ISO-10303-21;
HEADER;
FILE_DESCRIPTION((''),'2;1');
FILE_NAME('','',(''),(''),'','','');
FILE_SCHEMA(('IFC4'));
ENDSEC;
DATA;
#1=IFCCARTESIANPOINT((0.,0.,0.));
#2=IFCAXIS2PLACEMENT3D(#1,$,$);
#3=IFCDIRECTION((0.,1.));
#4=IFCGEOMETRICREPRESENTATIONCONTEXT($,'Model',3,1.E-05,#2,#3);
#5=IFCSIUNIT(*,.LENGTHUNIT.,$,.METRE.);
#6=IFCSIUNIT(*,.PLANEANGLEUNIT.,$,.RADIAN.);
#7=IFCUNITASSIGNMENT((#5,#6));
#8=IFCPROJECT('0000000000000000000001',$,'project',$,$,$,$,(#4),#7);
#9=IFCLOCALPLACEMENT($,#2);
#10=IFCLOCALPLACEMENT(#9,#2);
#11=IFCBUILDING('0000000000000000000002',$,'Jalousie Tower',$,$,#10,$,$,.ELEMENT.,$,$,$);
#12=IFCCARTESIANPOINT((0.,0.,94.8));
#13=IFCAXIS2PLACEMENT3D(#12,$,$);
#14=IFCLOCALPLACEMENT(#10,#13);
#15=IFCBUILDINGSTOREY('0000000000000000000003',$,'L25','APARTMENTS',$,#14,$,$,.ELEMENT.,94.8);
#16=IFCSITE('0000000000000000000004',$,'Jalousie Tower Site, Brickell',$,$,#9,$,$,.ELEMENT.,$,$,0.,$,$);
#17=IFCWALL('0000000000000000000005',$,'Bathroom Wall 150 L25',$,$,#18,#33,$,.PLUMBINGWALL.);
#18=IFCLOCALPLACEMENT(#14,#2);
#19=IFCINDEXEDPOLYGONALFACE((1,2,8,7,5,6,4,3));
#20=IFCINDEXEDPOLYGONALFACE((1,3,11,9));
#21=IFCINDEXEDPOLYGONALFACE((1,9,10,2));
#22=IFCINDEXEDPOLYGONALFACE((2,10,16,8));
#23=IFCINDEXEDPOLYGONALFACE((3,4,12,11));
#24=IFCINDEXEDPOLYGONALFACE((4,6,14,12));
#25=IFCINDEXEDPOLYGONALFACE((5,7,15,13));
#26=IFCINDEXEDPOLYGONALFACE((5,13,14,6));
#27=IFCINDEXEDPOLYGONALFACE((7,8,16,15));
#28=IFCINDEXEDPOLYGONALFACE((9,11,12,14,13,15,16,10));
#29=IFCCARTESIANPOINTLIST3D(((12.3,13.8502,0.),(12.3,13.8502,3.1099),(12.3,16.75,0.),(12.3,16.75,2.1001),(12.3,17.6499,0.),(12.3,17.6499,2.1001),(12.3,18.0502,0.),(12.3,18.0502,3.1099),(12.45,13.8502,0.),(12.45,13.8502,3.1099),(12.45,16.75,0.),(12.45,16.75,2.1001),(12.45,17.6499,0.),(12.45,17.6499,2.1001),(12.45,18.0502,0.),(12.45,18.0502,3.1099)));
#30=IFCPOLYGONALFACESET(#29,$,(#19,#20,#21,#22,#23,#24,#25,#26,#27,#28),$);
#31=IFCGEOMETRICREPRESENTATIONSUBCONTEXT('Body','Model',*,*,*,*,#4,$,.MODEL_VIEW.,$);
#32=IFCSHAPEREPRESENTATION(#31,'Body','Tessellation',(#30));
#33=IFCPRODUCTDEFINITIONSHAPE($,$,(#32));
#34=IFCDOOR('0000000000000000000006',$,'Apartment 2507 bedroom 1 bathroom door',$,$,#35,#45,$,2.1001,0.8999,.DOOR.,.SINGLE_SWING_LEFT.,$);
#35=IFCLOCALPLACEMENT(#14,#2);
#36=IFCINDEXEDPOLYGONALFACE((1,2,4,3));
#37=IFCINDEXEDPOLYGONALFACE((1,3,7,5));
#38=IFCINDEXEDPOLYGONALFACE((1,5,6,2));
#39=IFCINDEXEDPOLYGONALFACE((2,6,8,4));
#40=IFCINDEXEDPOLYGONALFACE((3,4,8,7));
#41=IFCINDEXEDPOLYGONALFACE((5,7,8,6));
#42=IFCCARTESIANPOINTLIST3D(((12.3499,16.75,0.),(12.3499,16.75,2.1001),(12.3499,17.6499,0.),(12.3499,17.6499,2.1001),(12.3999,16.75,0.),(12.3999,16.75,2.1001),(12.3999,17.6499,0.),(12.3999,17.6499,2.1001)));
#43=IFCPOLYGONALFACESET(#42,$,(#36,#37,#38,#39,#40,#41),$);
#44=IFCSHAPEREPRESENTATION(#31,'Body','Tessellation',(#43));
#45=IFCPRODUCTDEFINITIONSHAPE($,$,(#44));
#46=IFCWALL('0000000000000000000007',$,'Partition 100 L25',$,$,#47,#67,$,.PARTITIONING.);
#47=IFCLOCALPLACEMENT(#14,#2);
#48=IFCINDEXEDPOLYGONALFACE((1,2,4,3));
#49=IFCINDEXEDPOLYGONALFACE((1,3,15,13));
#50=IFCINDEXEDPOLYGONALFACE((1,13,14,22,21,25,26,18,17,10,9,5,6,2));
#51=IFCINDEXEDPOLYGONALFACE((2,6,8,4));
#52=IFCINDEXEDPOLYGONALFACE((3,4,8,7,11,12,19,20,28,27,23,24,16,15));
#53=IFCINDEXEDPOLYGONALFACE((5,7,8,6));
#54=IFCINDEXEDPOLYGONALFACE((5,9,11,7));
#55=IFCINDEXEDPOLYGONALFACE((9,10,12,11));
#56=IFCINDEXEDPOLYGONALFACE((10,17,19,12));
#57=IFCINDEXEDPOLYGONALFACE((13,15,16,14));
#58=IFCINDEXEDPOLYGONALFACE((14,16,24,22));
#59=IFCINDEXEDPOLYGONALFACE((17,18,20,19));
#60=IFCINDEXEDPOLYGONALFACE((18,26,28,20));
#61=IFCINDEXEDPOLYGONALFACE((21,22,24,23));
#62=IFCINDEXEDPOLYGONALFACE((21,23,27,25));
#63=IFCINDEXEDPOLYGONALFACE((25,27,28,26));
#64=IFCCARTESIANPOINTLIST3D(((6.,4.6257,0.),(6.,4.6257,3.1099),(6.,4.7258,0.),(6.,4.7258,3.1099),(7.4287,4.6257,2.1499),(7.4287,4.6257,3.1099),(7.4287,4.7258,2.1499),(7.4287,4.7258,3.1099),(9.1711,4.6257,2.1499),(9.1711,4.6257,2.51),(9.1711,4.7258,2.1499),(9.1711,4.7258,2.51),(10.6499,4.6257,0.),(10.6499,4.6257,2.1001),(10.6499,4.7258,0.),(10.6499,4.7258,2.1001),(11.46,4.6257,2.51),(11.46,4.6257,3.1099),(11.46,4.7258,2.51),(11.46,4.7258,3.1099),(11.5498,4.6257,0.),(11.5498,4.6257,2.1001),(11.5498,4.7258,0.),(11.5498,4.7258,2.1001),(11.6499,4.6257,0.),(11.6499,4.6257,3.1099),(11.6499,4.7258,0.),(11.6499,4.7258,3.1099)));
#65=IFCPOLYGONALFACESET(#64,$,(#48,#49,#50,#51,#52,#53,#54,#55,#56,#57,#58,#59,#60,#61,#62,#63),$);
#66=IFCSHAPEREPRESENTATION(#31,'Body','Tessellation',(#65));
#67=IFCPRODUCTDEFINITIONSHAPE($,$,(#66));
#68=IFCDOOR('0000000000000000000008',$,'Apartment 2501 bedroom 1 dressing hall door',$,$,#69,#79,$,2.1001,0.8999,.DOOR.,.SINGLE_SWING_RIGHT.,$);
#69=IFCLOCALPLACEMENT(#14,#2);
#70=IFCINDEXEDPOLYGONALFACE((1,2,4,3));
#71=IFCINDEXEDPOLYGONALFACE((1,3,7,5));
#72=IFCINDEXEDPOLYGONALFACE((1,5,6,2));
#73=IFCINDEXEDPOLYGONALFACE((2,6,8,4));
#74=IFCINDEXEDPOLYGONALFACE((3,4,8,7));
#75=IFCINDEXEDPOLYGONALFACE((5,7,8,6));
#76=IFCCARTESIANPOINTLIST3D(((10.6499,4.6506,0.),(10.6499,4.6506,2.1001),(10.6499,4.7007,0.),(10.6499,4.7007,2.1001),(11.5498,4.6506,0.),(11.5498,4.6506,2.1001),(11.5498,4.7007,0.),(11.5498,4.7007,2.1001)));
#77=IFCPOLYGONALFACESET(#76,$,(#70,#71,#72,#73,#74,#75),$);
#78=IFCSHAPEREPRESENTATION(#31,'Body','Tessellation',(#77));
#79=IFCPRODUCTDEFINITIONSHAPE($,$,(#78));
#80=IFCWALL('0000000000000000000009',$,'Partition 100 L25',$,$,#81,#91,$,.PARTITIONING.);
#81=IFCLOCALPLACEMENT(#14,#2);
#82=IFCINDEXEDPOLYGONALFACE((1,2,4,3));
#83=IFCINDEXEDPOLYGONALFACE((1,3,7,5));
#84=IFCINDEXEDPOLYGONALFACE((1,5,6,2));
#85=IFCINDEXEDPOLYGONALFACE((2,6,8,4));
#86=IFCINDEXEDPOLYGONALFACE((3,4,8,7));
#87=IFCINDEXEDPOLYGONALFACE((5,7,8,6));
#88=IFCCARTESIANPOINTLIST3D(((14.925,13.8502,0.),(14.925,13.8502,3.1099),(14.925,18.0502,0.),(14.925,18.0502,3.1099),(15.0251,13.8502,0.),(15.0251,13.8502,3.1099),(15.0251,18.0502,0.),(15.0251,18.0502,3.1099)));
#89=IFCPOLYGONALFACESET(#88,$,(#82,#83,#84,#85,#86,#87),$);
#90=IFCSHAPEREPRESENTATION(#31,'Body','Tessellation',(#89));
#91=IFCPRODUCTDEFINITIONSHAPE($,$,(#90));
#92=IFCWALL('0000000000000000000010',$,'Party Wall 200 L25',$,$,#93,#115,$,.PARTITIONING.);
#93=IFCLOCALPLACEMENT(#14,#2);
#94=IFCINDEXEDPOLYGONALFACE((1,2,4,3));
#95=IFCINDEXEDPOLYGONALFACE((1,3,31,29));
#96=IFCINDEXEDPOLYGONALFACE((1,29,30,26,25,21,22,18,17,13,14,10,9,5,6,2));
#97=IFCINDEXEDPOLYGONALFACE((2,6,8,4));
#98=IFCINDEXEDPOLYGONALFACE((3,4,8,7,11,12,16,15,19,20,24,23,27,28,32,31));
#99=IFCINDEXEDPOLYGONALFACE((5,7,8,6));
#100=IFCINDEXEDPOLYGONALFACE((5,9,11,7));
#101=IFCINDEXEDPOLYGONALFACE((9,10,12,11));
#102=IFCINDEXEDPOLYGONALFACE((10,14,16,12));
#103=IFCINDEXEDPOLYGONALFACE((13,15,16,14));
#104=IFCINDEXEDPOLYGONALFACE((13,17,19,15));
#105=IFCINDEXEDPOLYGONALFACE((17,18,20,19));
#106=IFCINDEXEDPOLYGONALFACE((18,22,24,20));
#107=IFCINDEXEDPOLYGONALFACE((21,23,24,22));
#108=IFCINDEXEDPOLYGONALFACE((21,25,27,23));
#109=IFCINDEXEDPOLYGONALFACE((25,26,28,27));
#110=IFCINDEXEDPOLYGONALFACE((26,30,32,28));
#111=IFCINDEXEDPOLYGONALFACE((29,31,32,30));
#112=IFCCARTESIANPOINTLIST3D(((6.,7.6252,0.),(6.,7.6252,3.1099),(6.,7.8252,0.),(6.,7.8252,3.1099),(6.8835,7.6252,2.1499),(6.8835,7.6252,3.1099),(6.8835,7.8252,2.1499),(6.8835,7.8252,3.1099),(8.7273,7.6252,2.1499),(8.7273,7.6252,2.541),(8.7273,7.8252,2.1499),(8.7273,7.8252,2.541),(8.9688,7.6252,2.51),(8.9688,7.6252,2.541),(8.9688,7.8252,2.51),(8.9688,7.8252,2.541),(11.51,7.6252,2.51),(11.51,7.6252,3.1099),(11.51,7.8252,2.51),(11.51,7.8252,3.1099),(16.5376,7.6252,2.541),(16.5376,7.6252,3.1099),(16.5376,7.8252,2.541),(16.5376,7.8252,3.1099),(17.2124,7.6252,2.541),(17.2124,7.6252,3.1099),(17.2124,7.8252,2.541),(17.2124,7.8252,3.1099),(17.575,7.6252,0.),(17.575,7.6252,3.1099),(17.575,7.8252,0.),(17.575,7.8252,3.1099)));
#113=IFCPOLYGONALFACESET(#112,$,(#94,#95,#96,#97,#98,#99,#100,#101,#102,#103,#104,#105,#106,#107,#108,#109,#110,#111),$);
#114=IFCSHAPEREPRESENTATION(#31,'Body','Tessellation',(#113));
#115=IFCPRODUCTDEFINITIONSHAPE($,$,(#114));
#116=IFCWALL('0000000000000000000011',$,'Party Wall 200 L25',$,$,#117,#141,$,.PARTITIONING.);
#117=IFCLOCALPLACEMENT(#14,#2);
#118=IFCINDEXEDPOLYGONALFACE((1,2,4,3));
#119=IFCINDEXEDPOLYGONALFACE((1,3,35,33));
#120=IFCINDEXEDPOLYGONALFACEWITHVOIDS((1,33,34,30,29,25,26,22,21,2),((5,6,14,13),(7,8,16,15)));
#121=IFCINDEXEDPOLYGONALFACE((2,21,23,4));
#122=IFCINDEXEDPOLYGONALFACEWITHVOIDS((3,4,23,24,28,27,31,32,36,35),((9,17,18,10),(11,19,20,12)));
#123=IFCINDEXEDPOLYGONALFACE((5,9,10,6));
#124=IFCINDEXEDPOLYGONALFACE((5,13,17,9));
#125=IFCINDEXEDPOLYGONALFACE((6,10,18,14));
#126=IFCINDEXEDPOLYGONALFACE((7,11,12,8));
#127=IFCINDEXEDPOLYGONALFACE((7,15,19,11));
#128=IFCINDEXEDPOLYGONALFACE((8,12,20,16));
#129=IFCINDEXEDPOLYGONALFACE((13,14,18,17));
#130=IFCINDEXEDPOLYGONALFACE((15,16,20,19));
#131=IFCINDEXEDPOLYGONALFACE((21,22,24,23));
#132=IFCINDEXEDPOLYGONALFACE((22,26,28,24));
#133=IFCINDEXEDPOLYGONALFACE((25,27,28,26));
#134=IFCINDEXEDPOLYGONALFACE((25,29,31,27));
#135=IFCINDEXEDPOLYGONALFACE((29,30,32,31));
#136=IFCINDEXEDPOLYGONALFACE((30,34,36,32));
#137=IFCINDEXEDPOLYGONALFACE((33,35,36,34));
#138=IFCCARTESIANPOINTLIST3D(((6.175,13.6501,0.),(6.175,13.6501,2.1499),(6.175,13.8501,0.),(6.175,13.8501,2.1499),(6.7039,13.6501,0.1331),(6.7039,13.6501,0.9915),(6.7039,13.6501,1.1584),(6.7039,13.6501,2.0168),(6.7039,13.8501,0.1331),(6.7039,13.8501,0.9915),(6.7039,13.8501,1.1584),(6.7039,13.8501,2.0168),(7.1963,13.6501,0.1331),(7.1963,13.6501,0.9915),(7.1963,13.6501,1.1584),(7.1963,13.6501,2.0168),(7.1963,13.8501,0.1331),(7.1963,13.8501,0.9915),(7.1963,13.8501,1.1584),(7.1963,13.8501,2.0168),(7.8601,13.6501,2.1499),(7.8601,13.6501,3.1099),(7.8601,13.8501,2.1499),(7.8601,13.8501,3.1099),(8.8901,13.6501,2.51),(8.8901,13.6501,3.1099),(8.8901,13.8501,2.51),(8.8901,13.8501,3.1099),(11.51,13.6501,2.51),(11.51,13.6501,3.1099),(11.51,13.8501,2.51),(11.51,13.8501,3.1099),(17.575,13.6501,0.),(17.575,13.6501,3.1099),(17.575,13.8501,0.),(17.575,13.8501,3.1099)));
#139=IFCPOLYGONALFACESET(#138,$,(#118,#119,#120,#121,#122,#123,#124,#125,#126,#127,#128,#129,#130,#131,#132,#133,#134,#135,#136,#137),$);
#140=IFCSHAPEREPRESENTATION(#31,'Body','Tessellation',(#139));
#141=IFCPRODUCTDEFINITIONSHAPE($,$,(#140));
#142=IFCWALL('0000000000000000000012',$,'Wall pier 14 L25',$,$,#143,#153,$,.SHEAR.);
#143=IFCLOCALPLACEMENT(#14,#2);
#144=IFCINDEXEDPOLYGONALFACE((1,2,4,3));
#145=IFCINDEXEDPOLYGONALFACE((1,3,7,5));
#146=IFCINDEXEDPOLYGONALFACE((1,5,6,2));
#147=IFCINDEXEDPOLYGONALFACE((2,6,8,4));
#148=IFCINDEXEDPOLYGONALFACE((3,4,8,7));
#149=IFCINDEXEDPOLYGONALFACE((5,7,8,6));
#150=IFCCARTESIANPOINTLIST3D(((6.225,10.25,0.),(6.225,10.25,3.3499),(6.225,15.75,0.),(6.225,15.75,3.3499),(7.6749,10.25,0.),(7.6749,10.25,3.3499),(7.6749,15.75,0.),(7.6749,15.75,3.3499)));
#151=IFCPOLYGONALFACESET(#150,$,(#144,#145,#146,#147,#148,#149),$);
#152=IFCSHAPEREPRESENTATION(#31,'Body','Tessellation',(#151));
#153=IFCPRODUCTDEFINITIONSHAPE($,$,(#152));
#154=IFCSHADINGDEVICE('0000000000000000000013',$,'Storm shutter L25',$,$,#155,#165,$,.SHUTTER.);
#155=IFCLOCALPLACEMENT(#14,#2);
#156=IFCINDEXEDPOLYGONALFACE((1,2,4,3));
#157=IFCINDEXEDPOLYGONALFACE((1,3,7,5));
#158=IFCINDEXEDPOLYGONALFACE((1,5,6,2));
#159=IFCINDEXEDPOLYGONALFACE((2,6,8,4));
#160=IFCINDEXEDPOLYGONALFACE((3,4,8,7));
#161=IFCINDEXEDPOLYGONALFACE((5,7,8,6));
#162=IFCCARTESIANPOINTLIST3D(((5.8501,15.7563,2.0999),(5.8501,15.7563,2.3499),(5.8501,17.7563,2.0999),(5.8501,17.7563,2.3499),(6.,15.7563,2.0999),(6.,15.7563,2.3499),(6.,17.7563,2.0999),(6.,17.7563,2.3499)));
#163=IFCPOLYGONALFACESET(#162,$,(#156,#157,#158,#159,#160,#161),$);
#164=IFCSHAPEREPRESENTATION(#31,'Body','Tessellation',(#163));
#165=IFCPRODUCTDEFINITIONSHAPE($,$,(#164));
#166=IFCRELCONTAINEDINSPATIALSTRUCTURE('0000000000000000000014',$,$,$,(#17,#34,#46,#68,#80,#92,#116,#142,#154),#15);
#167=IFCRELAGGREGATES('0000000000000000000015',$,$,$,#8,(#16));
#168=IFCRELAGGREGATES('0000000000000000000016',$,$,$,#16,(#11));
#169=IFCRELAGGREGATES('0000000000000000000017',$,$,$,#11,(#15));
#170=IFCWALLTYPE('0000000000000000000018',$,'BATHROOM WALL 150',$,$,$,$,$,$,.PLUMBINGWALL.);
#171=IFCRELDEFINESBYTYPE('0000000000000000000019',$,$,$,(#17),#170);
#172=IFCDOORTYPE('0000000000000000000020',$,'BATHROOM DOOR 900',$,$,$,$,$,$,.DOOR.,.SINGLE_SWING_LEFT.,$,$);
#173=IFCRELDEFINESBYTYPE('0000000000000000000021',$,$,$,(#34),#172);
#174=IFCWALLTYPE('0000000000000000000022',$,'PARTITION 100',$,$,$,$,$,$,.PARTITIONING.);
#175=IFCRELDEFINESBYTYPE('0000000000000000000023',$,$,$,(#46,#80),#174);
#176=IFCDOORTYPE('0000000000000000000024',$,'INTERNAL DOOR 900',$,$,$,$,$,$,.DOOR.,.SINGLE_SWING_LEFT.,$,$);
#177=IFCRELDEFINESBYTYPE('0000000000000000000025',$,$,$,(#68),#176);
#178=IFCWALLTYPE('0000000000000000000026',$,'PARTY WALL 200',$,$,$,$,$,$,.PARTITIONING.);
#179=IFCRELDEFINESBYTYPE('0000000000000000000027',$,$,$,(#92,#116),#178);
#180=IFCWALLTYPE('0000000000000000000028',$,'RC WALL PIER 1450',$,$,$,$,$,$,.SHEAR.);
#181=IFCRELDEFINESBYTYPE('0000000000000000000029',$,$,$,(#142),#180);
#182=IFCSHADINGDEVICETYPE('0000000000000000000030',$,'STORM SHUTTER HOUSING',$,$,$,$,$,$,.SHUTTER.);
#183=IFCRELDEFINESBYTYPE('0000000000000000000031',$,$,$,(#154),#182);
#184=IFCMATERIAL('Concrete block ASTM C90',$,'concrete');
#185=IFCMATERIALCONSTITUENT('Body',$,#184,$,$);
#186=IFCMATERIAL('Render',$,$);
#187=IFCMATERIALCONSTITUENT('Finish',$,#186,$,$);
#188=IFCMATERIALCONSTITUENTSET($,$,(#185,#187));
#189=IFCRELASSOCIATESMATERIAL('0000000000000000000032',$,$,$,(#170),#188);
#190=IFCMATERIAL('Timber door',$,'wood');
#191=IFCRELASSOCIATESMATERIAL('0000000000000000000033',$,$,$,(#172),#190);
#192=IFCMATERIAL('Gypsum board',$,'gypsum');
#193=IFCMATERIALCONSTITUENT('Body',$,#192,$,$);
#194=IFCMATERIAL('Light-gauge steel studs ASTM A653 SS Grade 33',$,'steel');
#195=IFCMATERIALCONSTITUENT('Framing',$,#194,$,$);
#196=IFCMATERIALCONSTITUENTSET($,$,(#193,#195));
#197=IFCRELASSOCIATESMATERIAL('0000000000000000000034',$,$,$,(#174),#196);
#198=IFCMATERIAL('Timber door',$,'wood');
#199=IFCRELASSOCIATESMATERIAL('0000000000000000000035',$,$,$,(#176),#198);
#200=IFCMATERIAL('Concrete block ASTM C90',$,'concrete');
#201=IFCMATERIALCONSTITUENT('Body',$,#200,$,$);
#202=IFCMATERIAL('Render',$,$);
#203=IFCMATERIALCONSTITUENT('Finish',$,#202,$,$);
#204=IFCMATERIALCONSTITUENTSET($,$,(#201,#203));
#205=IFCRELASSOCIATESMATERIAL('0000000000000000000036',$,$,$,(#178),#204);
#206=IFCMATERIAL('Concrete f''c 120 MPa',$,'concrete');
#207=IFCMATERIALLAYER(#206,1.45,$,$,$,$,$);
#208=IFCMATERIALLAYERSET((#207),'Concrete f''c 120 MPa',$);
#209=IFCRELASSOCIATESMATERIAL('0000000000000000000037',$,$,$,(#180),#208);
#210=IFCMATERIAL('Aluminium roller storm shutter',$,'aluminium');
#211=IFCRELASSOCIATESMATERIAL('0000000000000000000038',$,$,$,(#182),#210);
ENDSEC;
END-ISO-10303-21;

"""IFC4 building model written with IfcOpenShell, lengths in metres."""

from ifc_helpers import new_model, si_unit, direction, frame, frame_2d, origin, origin_2d, place, context, subcontext, project, spatial, polyline, rectangle, outline, extrude, material, layer, layer_set, constituent, constituent_set, type_object, element, fill, save


model = new_model("IFC4")

# Units and contexts
model_context = context("Model", 3, precision=1e-05, world=origin(), true_north=direction((0.0, 1.0)))
body_context = subcontext(model_context, "Body", "Model", "MODEL_VIEW")
ifc_project = project(units=[si_unit("LENGTHUNIT", "METRE"), si_unit("PLANEANGLEUNIT", "RADIAN")], contexts=[model_context])

# Site, building, storey
site_placement = place(None, origin())
site = spatial("IfcSite", under=ifc_project, at=site_placement, Name="Jalousie Tower Site, Brickell", CompositionType="ELEMENT", RefElevation=0.0)
building_placement = place(site_placement, origin())
building = spatial("IfcBuilding", under=site, at=building_placement, Name="Jalousie Tower", CompositionType="ELEMENT")
storey_placement = place(building_placement, frame((0.0, 0.0, 94.8)))
storey = spatial("IfcBuildingStorey", under=building, at=storey_placement, Name="L25", Description="APARTMENTS", CompositionType="ELEMENT", Elevation=94.8)

# Walls, openings, doors
ifc_material_1 = material(Name="Concrete block ASTM C90", Category="concrete")
ifc_constituent_1 = constituent(ifc_material_1, Name="Body")
ifc_material_2 = material(Name="Render")
ifc_constituent_2 = constituent(ifc_material_2, Name="Finish")
ifc_constituent_set_1 = constituent_set(constituents=[ifc_constituent_1, ifc_constituent_2])
wall_type_1 = type_object("IfcWallType", Name="BATHROOM WALL 150", PredefinedType="PLUMBINGWALL", material=ifc_constituent_set_1)
ifc_material_3 = material(Name="Timber door", Category="wood")
door_type_1 = type_object("IfcDoorType", Name="BATHROOM DOOR 900", OperationType="SINGLE_SWING_LEFT", PredefinedType="DOOR", material=ifc_material_3)
wall_1_placement = place(storey_placement, frame((12.375, 13.8501, 0.0), z_axis=(0.0, 0.0, 1.0), x_axis=(0.0, 1.0, 0.0)))
wall_1 = element("IfcWall", 1, at=wall_1_placement, inside=storey, type_object=wall_type_1, Name="Bathroom Wall 150 L25", PredefinedType="PLUMBINGWALL", context=body_context, shape_type="SweptSolid", body=[
    extrude(rectangle(XDim=4.2, YDim=0.1499, at=frame_2d((2.1001, 0.0))), origin(), (0.0, 0.0, 1.0), 3.1099),
])
opening_1_placement = place(wall_1_placement, frame((2.8999, 0.0, 0.0)))
opening_1 = element("IfcOpeningElement", 2, at=opening_1_placement, cuts=wall_1, PredefinedType="OPENING", context=body_context, shape_type="SweptSolid", body=[
    extrude(rectangle(XDim=0.8999, YDim=2.1001, at=frame_2d((0.45, 1.05))), frame((0.0, 0.085, 0.0), z_axis=(0.0, -1.0, 0.0), x_axis=(1.0, 0.0, 0.0)), (0.0, 0.0, 1.0), 0.1699),
])
door_1_placement = place(opening_1_placement, frame((0.8999, 0.0, 0.0), z_axis=(0.0, 0.0, 1.0), x_axis=(-1.0, 0.0, 0.0)))
door_1 = element("IfcDoor", 3, at=door_1_placement, inside=storey, type_object=door_type_1, Name="Apartment 2507 bedroom 1 bathroom door", OperationType="SINGLE_SWING_LEFT", OverallHeight=2.1001, OverallWidth=0.8999, PredefinedType="DOOR", context=body_context, shape_type="SweptSolid", body=[
    extrude(rectangle(XDim=0.8999, YDim=2.1001, at=frame_2d((0.45, 1.05))), frame((0.0, 0.0249, 0.0), z_axis=(0.0, -1.0, 0.0), x_axis=(1.0, 0.0, 0.0)), (0.0, 0.0, 1.0), 0.05),
])
fill(opening_1, door_1)
ifc_material_4 = material(Name="Gypsum board", Category="gypsum")
ifc_constituent_3 = constituent(ifc_material_4, Name="Body")
ifc_material_5 = material(Name="Light-gauge steel studs ASTM A653 SS Grade 33", Category="steel")
ifc_constituent_4 = constituent(ifc_material_5, Name="Framing")
ifc_constituent_set_2 = constituent_set(constituents=[ifc_constituent_3, ifc_constituent_4])
wall_type_2 = type_object("IfcWallType", Name="PARTITION 100", PredefinedType="PARTITIONING", material=ifc_constituent_set_2)
wall_2_placement = place(storey_placement, frame((6.0, 4.6758, 0.0), z_axis=(0.0, 0.0, 1.0), x_axis=(1.0, 0.0, 0.0)))
wall_2 = element("IfcWall", 4, at=wall_2_placement, inside=storey, type_object=wall_type_2, Name="Partition 100 L25", PredefinedType="PARTITIONING", context=body_context, shape_type="SweptSolid", body=[
    extrude(outline(polyline([(0.0, 0.0), (5.6499, 0.0), (5.6499, 3.1099), (5.46, 3.1099), (5.46, 2.51), (3.1711, 2.51), (3.1711, 2.1499), (1.4287, 2.1499), (1.4287, 3.1099), (0.0, 3.1099), (0.0, 0.0)])), frame((0.0, 0.05, 0.0), z_axis=(0.0, -1.0, 0.0), x_axis=(1.0, 0.0, 0.0)), (0.0, 0.0, 1.0), 0.1001),
])
opening_2_placement = place(wall_2_placement, frame((4.6499, 0.0, 0.0)))
opening_2 = element("IfcOpeningElement", 5, at=opening_2_placement, cuts=wall_2, PredefinedType="OPENING", context=body_context, shape_type="SweptSolid", body=[
    extrude(rectangle(XDim=0.8999, YDim=2.1001, at=frame_2d((0.45, 1.05))), frame((0.0, 0.0601, 0.0), z_axis=(0.0, -1.0, 0.0), x_axis=(1.0, 0.0, 0.0)), (0.0, 0.0, 1.0), 0.1201),
])
ifc_material_6 = material(Name="Timber door", Category="wood")
door_type_2 = type_object("IfcDoorType", Name="INTERNAL DOOR 900", OperationType="SINGLE_SWING_LEFT", PredefinedType="DOOR", material=ifc_material_6)
door_2_placement = place(opening_2_placement, origin())
door_2 = element("IfcDoor", 6, at=door_2_placement, inside=storey, type_object=door_type_2, Name="Apartment 2501 bedroom 1 dressing hall door", OperationType="SINGLE_SWING_RIGHT", OverallHeight=2.1001, OverallWidth=0.8999, PredefinedType="DOOR", context=body_context, shape_type="SweptSolid", body=[
    extrude(rectangle(XDim=0.8999, YDim=2.1001, at=frame_2d((0.45, 1.05))), frame((0.0, 0.0249, 0.0), z_axis=(0.0, -1.0, 0.0), x_axis=(1.0, 0.0, 0.0)), (0.0, 0.0, 1.0), 0.05),
])
fill(opening_2, door_2)

# Walls
wall_3_placement = place(storey_placement, frame((14.9751, 13.8501, 0.0), z_axis=(0.0, 0.0, 1.0), x_axis=(0.0, 1.0, 0.0)))
element("IfcWall", 7, at=wall_3_placement, inside=storey, type_object=wall_type_2, Name="Partition 100 L25", PredefinedType="PARTITIONING", context=body_context, shape_type="SweptSolid", body=[
    extrude(rectangle(XDim=4.2, YDim=0.1001, at=frame_2d((2.1001, 0.0))), origin(), (0.0, 0.0, 1.0), 3.1099),
])
ifc_material_7 = material(Name="Concrete block ASTM C90", Category="concrete")
ifc_constituent_5 = constituent(ifc_material_7, Name="Body")
ifc_material_8 = material(Name="Render")
ifc_constituent_6 = constituent(ifc_material_8, Name="Finish")
ifc_constituent_set_3 = constituent_set(constituents=[ifc_constituent_5, ifc_constituent_6])
wall_type_3 = type_object("IfcWallType", Name="PARTY WALL 200", PredefinedType="PARTITIONING", material=ifc_constituent_set_3)
wall_4_placement = place(storey_placement, frame((6.0, 7.7251, 0.0), z_axis=(0.0, 0.0, 1.0), x_axis=(1.0, 0.0, 0.0)))
element("IfcWall", 8, at=wall_4_placement, inside=storey, type_object=wall_type_3, Name="Party Wall 200 L25", PredefinedType="PARTITIONING", context=body_context, shape_type="SweptSolid", body=[
    extrude(outline(polyline([(0.0, 0.0), (11.575, 0.0), (11.575, 3.1099), (11.2124, 3.1099), (11.2124, 2.541), (10.5376, 2.541), (10.5376, 3.1099), (5.51, 3.1099), (5.51, 2.51), (2.9688, 2.51), (2.9688, 2.541), (2.7273, 2.541), (2.7273, 2.1499), (0.8835, 2.1499), (0.8835, 3.1099), (0.0, 3.1099), (0.0, 0.0)])), frame((0.0, 0.1001, 0.0), z_axis=(0.0, -1.0, 0.0), x_axis=(1.0, 0.0, 0.0)), (0.0, 0.0, 1.0), 0.2),
])
wall_5_placement = place(storey_placement, frame((6.175, 13.75, 0.0), z_axis=(0.0, 0.0, 1.0), x_axis=(1.0, 0.0, 0.0)))
element("IfcWall", 9, at=wall_5_placement, inside=storey, type_object=wall_type_3, Name="Party Wall 200 L25", PredefinedType="PARTITIONING", context=body_context, shape_type="SweptSolid", body=[
    extrude(outline(polyline([(1.6851, 2.1499), (0.0, 2.1499), (0.0, 0.0), (11.3999, 0.0), (11.3999, 3.1099), (5.335, 3.1099), (5.335, 2.51), (2.7151, 2.51), (2.7151, 3.1099), (1.6851, 3.1099), (1.6851, 2.1499)]), holes=[polyline([(1.0212, 0.1331), (0.5288, 0.1331), (0.5288, 0.9915), (1.0212, 0.9915), (1.0212, 0.1331)]), polyline([(1.0212, 1.1584), (0.5288, 1.1584), (0.5288, 2.0168), (1.0212, 2.0168), (1.0212, 1.1584)])]), frame((0.0, 0.1001, 0.0), z_axis=(0.0, -1.0, 0.0), x_axis=(1.0, 0.0, 0.0)), (0.0, 0.0, 1.0), 0.2),
])
ifc_material_9 = material(Name="Concrete f'c 120 MPa", Category="concrete")
ifc_layer_1 = layer(ifc_material_9, 1.45)
ifc_layer_set_1 = layer_set([ifc_layer_1], Name="Concrete f'c 120 MPa")
wall_type_4 = type_object("IfcWallType", Name="RC WALL PIER 1450", PredefinedType="SHEAR", material=ifc_layer_set_1)
wall_6_placement = place(storey_placement, frame((6.95, 10.25, 0.0), z_axis=(0.0, 0.0, 1.0), x_axis=(0.0, 1.0, 0.0)))
element("IfcWall", 10, at=wall_6_placement, inside=storey, type_object=wall_type_4, Name="Wall pier 14 L25", PredefinedType="SHEAR", context=body_context, shape_type="SweptSolid", body=[
    extrude(rectangle(XDim=5.5, YDim=1.45, at=frame_2d((2.75, 0.0))), origin(), (0.0, 0.0, 1.0), 3.3499),
])

# Shading device
ifc_material_10 = material(Name="Aluminium roller storm shutter", Category="aluminium")
shading_device_type = type_object("IfcShadingDeviceType", Name="STORM SHUTTER HOUSING", PredefinedType="SHUTTER", material=ifc_material_10)
for number, where, z_axis, x_axis, name in (
    (11, (5.925, 16.7563, 2.0999), (0.0, 0.0, 1.0), (0.0, -1.0, 0.0), "Storm shutter L25"),
):
    element("IfcShadingDevice", number, at=place(storey_placement, frame(where, z_axis=z_axis, x_axis=x_axis)), inside=storey, type_object=shading_device_type, Name=name, PredefinedType="SHUTTER", context=body_context, shape_type="SweptSolid", body=[
        extrude(rectangle(XDim=2.0, YDim=0.1499, at=origin_2d()), origin(), (0.0, 0.0, 1.0), 0.25),
    ])

save(model, "model.ifc")
